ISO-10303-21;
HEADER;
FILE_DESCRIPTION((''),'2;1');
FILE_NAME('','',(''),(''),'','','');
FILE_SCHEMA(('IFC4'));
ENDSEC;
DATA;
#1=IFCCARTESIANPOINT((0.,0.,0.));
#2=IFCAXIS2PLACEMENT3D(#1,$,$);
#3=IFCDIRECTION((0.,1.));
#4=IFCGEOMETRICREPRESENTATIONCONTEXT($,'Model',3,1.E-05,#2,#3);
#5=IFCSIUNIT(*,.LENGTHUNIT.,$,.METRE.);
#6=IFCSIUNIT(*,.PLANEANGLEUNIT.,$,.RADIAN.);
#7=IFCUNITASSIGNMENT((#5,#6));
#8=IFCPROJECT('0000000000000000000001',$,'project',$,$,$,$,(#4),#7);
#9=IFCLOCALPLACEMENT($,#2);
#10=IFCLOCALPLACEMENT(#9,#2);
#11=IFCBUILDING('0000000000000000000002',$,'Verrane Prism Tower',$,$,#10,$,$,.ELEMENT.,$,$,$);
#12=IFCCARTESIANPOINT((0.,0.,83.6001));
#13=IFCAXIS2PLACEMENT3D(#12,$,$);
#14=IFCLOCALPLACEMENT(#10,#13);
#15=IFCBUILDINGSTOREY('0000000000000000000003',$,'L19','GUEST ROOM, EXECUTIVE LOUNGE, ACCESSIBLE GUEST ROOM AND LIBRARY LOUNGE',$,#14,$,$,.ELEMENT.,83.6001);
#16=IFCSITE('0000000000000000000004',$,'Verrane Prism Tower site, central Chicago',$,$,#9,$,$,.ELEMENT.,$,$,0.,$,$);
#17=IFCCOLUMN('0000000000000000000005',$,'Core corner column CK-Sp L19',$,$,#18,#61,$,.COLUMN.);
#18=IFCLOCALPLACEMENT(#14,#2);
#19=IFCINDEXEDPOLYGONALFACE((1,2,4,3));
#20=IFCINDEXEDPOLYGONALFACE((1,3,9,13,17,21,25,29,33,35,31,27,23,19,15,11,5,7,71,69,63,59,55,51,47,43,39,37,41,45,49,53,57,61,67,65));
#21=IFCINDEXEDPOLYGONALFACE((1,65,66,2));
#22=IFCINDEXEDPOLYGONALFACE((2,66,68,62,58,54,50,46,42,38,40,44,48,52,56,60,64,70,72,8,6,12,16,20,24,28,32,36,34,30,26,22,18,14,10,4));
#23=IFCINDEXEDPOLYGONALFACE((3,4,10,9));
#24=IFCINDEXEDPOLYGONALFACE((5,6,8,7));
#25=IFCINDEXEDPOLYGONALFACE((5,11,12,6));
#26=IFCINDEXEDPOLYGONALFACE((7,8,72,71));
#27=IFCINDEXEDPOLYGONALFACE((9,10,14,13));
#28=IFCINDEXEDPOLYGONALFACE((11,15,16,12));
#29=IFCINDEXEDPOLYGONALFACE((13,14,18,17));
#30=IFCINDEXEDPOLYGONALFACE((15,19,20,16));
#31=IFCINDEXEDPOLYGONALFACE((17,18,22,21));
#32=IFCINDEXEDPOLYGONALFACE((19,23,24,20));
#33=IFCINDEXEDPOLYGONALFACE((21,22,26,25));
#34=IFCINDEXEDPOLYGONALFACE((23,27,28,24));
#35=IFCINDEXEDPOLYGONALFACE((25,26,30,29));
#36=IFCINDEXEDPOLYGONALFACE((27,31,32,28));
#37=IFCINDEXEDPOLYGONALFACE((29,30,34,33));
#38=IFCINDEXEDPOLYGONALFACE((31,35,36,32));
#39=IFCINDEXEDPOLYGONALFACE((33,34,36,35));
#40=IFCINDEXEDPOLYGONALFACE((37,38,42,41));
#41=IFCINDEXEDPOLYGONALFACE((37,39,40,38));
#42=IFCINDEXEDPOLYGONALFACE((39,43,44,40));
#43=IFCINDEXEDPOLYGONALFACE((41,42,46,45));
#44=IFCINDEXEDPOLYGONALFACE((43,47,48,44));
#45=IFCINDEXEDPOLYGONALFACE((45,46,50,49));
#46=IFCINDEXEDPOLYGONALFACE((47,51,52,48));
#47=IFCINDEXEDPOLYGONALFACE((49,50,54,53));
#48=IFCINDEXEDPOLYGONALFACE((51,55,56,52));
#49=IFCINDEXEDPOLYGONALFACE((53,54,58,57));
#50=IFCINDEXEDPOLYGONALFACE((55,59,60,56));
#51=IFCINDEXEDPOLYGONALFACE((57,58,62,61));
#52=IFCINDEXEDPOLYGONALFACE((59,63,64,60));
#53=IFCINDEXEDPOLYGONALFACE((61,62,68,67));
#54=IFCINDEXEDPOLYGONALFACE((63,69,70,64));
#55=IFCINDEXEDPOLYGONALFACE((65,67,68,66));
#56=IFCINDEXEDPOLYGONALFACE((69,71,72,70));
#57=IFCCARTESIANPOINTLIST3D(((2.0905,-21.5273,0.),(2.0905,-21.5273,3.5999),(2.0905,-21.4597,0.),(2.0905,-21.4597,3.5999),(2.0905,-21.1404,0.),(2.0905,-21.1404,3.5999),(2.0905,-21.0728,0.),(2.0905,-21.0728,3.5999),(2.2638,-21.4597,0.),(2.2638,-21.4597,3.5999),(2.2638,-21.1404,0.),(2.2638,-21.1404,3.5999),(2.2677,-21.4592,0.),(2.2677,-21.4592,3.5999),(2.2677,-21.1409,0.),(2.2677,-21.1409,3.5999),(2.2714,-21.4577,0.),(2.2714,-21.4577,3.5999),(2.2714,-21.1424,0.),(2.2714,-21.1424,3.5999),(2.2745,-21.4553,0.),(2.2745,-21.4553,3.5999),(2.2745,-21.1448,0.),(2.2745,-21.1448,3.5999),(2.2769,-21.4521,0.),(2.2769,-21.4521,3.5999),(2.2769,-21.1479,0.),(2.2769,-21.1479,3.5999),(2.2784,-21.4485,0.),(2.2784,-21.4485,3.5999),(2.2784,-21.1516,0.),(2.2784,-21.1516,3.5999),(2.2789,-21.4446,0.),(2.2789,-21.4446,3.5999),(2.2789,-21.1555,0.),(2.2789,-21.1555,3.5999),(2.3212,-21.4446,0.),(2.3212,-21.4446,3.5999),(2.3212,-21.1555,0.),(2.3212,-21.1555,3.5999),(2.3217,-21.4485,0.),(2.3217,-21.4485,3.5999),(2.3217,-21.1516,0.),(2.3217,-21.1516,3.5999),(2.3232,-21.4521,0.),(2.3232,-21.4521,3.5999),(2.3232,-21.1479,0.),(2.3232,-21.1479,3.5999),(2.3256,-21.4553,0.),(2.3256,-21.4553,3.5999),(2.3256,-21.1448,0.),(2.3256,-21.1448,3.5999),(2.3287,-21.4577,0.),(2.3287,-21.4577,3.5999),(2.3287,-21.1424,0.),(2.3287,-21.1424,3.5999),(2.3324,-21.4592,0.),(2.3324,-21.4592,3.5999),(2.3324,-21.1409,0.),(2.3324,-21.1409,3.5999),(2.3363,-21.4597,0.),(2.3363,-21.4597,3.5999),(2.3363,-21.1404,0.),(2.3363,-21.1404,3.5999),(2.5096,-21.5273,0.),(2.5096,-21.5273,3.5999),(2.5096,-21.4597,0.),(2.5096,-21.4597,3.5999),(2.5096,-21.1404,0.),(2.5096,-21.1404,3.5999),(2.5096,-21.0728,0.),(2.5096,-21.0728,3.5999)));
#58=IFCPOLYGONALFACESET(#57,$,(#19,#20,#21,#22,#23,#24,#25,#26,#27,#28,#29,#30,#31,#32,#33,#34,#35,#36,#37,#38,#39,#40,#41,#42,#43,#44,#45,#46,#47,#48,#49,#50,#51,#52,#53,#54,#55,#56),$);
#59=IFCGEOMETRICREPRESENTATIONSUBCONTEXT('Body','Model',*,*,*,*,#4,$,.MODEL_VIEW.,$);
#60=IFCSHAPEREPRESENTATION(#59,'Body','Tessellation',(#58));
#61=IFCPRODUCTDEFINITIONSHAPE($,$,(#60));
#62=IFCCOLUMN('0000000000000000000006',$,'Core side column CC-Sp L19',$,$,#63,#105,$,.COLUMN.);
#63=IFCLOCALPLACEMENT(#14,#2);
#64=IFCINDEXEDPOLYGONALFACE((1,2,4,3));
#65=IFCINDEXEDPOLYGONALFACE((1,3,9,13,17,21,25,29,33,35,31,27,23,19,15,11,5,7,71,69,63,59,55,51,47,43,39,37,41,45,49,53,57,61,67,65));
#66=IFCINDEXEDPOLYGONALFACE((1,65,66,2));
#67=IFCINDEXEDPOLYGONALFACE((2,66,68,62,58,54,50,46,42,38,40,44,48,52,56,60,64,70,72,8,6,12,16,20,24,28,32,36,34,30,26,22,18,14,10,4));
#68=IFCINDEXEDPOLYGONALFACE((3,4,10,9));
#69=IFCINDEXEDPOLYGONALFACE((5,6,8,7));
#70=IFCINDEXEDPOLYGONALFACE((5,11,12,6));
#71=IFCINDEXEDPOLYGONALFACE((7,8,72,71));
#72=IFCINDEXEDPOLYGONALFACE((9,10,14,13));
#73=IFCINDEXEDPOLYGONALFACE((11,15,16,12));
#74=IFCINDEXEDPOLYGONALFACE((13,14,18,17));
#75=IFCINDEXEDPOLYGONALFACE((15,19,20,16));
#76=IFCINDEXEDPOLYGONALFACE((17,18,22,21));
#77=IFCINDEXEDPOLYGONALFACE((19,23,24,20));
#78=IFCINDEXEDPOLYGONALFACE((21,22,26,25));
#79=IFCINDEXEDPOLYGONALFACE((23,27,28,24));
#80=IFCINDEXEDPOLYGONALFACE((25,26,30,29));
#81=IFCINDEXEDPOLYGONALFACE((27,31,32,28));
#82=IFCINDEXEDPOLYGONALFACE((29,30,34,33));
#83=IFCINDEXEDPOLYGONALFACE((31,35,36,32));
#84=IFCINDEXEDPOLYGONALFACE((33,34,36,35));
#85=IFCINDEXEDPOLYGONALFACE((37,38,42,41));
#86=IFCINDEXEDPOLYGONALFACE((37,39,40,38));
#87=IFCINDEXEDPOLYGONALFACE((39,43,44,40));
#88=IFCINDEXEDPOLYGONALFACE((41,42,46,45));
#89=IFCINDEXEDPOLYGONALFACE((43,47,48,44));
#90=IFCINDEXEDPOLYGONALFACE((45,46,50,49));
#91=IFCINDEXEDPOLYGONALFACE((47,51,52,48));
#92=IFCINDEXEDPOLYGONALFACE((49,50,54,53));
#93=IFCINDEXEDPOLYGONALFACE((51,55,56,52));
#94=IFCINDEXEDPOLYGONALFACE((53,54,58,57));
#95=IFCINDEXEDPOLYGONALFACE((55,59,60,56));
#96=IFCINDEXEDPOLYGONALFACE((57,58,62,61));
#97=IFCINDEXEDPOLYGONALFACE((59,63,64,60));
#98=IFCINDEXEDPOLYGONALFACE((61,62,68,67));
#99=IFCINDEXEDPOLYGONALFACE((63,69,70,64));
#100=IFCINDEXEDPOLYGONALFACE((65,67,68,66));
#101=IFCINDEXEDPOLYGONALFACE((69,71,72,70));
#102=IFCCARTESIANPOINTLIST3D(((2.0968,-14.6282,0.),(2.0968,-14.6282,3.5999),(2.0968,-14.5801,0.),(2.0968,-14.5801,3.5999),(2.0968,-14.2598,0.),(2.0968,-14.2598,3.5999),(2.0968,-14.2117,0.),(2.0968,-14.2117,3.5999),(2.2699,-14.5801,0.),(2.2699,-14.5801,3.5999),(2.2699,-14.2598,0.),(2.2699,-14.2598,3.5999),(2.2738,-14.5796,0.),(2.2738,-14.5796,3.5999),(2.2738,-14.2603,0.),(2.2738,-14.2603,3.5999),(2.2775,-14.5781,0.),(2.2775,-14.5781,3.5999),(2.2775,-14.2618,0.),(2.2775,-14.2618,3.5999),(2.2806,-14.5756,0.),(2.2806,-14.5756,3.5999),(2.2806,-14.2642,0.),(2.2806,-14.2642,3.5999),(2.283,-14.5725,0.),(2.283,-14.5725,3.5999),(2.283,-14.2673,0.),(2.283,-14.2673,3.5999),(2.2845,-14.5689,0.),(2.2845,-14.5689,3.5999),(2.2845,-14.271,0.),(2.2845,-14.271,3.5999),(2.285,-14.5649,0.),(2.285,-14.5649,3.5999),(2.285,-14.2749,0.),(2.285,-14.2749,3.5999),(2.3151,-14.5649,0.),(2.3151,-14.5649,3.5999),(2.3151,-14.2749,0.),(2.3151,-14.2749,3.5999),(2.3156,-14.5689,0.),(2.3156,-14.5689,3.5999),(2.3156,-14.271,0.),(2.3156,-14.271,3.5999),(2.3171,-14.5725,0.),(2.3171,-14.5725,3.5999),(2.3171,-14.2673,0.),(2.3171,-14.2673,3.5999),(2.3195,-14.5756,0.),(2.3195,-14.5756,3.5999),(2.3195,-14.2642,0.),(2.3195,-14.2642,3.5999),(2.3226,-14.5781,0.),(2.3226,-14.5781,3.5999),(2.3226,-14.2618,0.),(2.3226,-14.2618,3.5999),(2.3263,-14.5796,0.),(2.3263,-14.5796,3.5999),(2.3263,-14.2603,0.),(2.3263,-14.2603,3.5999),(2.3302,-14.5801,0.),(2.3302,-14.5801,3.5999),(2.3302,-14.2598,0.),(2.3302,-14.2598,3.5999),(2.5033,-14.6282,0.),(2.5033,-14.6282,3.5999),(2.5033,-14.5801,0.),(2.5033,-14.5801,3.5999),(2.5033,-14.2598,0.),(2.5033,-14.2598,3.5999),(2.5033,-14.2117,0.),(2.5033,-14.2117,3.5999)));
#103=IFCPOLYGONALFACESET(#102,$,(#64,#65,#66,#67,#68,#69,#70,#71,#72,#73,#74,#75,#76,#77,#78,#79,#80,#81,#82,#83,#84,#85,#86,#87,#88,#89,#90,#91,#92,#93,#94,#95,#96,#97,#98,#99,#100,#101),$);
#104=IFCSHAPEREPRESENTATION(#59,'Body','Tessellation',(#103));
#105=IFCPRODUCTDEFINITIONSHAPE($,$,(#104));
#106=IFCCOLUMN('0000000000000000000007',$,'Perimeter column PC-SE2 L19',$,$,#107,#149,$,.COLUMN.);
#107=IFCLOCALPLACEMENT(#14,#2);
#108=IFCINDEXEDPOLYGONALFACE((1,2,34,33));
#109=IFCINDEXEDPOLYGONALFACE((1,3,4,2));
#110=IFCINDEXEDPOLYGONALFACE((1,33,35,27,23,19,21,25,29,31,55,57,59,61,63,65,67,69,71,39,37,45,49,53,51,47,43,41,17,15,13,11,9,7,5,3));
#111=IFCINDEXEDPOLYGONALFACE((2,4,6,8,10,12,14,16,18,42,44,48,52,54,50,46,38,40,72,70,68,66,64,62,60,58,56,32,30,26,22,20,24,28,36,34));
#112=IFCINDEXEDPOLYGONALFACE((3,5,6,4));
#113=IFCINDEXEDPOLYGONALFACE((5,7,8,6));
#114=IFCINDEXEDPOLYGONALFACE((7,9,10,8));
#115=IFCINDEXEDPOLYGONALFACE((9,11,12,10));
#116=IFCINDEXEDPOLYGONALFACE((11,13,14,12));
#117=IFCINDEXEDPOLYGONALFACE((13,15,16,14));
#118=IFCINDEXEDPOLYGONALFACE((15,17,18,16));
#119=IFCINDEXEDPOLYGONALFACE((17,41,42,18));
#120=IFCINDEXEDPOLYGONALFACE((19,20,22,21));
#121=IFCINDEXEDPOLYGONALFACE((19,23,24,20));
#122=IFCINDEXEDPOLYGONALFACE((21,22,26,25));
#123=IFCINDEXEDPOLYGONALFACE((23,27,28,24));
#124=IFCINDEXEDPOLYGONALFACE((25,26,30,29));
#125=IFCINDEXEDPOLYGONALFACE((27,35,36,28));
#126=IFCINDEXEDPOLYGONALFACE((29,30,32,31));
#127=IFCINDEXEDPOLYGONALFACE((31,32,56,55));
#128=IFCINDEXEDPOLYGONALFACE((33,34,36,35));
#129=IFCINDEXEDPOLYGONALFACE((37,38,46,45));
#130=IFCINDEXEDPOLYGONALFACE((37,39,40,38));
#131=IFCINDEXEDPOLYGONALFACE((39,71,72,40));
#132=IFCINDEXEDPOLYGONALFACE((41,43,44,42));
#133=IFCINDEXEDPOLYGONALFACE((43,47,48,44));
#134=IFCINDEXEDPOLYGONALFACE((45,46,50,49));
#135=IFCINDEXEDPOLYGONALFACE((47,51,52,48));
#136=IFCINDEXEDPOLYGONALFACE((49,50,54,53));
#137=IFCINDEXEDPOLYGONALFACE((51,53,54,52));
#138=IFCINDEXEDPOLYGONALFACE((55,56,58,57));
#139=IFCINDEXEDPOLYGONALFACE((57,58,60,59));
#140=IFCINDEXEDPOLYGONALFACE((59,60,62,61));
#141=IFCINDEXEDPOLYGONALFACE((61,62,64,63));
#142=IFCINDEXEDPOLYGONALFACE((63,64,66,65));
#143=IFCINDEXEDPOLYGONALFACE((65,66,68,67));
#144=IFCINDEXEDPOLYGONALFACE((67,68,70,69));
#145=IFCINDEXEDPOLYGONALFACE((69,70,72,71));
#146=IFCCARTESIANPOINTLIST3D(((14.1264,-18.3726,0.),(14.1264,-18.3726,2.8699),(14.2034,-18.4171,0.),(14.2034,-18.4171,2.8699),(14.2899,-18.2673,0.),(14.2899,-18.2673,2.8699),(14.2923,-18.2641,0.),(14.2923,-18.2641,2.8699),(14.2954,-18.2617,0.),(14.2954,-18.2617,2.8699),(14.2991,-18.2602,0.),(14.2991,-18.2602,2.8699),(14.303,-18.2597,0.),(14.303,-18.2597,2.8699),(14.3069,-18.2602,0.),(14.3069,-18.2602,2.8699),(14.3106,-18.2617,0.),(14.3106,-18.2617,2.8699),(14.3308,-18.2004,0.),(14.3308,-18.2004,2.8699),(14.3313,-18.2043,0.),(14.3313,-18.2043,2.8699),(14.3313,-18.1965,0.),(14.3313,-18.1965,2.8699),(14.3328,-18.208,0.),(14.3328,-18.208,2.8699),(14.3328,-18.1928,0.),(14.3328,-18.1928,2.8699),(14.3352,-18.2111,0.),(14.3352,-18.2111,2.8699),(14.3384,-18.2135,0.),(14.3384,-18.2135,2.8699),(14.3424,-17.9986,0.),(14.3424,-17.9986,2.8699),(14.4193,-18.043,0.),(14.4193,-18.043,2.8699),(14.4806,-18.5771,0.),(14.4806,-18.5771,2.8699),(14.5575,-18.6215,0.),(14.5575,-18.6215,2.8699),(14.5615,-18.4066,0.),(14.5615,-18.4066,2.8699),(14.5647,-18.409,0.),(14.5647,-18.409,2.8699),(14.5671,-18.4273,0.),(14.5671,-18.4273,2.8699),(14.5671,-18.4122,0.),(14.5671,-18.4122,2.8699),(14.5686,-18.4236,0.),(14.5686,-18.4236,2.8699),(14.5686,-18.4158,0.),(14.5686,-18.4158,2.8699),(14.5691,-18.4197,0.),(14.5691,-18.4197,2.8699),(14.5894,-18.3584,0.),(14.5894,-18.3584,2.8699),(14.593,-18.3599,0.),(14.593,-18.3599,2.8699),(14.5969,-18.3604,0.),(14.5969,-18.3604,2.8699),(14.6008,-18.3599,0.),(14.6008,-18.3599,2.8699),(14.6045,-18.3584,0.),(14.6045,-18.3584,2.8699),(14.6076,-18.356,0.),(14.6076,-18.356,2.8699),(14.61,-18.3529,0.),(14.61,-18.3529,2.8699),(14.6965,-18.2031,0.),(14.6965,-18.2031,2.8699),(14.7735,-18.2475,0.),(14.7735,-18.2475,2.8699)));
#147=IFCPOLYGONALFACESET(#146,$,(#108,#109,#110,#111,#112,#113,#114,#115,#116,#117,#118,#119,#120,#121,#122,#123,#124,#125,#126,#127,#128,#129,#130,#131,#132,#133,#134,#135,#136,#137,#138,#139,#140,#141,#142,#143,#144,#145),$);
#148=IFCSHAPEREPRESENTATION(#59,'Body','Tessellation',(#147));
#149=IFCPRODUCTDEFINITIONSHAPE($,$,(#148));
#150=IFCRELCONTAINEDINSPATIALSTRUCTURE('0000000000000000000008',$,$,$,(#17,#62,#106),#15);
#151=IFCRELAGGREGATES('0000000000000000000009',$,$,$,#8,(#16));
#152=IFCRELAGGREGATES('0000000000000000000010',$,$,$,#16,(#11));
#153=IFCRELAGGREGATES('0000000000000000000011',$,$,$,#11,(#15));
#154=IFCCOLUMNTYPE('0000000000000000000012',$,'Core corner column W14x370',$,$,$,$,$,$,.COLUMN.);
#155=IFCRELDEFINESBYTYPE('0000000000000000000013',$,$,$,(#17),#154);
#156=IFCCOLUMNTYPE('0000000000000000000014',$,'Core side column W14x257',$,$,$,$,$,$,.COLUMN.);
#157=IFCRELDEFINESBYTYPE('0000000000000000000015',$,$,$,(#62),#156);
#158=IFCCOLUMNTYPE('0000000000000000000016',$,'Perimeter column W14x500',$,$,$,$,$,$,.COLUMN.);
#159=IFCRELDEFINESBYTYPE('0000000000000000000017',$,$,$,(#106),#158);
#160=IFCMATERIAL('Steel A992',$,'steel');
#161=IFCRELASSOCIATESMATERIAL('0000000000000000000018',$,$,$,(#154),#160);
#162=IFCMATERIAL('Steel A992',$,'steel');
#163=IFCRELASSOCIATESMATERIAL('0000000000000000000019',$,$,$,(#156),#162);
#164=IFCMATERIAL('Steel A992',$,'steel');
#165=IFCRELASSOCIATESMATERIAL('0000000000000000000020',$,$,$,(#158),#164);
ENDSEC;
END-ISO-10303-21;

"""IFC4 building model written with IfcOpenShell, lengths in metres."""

from ifc_helpers import new_model, si_unit, direction, frame, origin, origin_2d, place, context, subcontext, project, spatial, i_section, extrude, material, material_profile, profile_set, type_object, element, save


model = new_model("IFC4")

# Units and contexts
model_context = context("Model", 3, precision=1e-05, world=origin(), true_north=direction((0.0, 1.0)))
body_context = subcontext(model_context, "Body", "Model", "MODEL_VIEW")
ifc_project = project(units=[si_unit("LENGTHUNIT", "METRE"), si_unit("PLANEANGLEUNIT", "RADIAN")], contexts=[model_context])

# Site, building, storey
site_placement = place(None, origin())
site = spatial("IfcSite", under=ifc_project, at=site_placement, Name="Verrane Prism Tower site, central Chicago", CompositionType="ELEMENT", RefElevation=0.0)
building_placement = place(site_placement, origin())
building = spatial("IfcBuilding", under=site, at=building_placement, Name="Verrane Prism Tower", CompositionType="ELEMENT")
storey_placement = place(building_placement, frame((0.0, 0.0, 83.6001)))
storey = spatial("IfcBuildingStorey", under=building, at=storey_placement, Name="L19", Description="GUEST ROOM, EXECUTIVE LOUNGE, ACCESSIBLE GUEST ROOM AND LIBRARY LOUNGE", CompositionType="ELEMENT", Elevation=83.6001)

# Columns
ifc_material_1 = material(Name="Steel A992", Category="steel")
ifc_material_profile_1 = material_profile(ifc_material_1, i_section(OverallWidth=0.4192, OverallDepth=0.4546, WebThickness=0.0422, FlangeThickness=0.0676, FilletRadius=0.0151, at=origin_2d()), Name="W14x370")
ifc_profile_set_1 = profile_set([ifc_material_profile_1], Name="Steel A992")
column_type_1 = type_object("IfcColumnType", Name="Core corner column W14x370", PredefinedType="COLUMN", material=ifc_profile_set_1)
column_1_placement = place(storey_placement, frame((2.3, -21.3, 0.0), z_axis=(0.0, 0.0, 1.0), x_axis=(-1.0, 0.0, 0.0)))
element("IfcColumn", 1, at=column_1_placement, inside=storey, type_object=column_type_1, Name="Core corner column CK-Sp L19", PredefinedType="COLUMN", context=body_context, shape_type="SweptSolid", body=[
    extrude(i_section(OverallWidth=0.4192, OverallDepth=0.4546, WebThickness=0.0422, FlangeThickness=0.0676, FilletRadius=0.0151, at=origin_2d()), origin(), (0.0, 0.0, 1.0), 3.5999),
])
ifc_material_2 = material(Name="Steel A992", Category="steel")
ifc_material_profile_2 = material_profile(ifc_material_2, i_section(OverallWidth=0.4065, OverallDepth=0.4165, WebThickness=0.03, FlangeThickness=0.0481, FilletRadius=0.0151, at=origin_2d()), Name="W14x257")
ifc_profile_set_2 = profile_set([ifc_material_profile_2], Name="Steel A992")
column_type_2 = type_object("IfcColumnType", Name="Core side column W14x257", PredefinedType="COLUMN", material=ifc_profile_set_2)
column_2_placement = place(storey_placement, frame((2.3, -14.4199, 0.0), z_axis=(0.0, 0.0, 1.0), x_axis=(1.0, 0.0, 0.0)))
element("IfcColumn", 2, at=column_2_placement, inside=storey, type_object=column_type_2, Name="Core side column CC-Sp L19", PredefinedType="COLUMN", context=body_context, shape_type="SweptSolid", body=[
    extrude(i_section(OverallWidth=0.4065, OverallDepth=0.4165, WebThickness=0.03, FlangeThickness=0.0481, FilletRadius=0.0151, at=origin_2d()), origin(), (0.0, 0.0, 1.0), 3.5999),
])
ifc_material_3 = material(Name="Steel A992", Category="steel")
ifc_material_profile_3 = material_profile(ifc_material_3, i_section(OverallWidth=0.4319, OverallDepth=0.4978, WebThickness=0.0557, FlangeThickness=0.0889, FilletRadius=0.0151, at=origin_2d()), Name="W14x500")
ifc_profile_set_3 = profile_set([ifc_material_profile_3], Name="Steel A992")
column_type_3 = type_object("IfcColumnType", Name="Perimeter column W14x500", PredefinedType="COLUMN", material=ifc_profile_set_3)
column_3_placement = place(storey_placement, frame((14.45, -18.3101, 0.0), z_axis=(0.0, 0.0, 1.0), x_axis=(-0.5, -0.866025, 0.0)))
element("IfcColumn", 3, at=column_3_placement, inside=storey, type_object=column_type_3, Name="Perimeter column PC-SE2 L19", PredefinedType="COLUMN", context=body_context, shape_type="SweptSolid", body=[
    extrude(i_section(OverallWidth=0.4319, OverallDepth=0.4978, WebThickness=0.0557, FlangeThickness=0.0889, FilletRadius=0.0151, at=origin_2d()), origin(), (0.0, 0.0, 1.0), 2.8699),
])

save(model, "model.ifc")
